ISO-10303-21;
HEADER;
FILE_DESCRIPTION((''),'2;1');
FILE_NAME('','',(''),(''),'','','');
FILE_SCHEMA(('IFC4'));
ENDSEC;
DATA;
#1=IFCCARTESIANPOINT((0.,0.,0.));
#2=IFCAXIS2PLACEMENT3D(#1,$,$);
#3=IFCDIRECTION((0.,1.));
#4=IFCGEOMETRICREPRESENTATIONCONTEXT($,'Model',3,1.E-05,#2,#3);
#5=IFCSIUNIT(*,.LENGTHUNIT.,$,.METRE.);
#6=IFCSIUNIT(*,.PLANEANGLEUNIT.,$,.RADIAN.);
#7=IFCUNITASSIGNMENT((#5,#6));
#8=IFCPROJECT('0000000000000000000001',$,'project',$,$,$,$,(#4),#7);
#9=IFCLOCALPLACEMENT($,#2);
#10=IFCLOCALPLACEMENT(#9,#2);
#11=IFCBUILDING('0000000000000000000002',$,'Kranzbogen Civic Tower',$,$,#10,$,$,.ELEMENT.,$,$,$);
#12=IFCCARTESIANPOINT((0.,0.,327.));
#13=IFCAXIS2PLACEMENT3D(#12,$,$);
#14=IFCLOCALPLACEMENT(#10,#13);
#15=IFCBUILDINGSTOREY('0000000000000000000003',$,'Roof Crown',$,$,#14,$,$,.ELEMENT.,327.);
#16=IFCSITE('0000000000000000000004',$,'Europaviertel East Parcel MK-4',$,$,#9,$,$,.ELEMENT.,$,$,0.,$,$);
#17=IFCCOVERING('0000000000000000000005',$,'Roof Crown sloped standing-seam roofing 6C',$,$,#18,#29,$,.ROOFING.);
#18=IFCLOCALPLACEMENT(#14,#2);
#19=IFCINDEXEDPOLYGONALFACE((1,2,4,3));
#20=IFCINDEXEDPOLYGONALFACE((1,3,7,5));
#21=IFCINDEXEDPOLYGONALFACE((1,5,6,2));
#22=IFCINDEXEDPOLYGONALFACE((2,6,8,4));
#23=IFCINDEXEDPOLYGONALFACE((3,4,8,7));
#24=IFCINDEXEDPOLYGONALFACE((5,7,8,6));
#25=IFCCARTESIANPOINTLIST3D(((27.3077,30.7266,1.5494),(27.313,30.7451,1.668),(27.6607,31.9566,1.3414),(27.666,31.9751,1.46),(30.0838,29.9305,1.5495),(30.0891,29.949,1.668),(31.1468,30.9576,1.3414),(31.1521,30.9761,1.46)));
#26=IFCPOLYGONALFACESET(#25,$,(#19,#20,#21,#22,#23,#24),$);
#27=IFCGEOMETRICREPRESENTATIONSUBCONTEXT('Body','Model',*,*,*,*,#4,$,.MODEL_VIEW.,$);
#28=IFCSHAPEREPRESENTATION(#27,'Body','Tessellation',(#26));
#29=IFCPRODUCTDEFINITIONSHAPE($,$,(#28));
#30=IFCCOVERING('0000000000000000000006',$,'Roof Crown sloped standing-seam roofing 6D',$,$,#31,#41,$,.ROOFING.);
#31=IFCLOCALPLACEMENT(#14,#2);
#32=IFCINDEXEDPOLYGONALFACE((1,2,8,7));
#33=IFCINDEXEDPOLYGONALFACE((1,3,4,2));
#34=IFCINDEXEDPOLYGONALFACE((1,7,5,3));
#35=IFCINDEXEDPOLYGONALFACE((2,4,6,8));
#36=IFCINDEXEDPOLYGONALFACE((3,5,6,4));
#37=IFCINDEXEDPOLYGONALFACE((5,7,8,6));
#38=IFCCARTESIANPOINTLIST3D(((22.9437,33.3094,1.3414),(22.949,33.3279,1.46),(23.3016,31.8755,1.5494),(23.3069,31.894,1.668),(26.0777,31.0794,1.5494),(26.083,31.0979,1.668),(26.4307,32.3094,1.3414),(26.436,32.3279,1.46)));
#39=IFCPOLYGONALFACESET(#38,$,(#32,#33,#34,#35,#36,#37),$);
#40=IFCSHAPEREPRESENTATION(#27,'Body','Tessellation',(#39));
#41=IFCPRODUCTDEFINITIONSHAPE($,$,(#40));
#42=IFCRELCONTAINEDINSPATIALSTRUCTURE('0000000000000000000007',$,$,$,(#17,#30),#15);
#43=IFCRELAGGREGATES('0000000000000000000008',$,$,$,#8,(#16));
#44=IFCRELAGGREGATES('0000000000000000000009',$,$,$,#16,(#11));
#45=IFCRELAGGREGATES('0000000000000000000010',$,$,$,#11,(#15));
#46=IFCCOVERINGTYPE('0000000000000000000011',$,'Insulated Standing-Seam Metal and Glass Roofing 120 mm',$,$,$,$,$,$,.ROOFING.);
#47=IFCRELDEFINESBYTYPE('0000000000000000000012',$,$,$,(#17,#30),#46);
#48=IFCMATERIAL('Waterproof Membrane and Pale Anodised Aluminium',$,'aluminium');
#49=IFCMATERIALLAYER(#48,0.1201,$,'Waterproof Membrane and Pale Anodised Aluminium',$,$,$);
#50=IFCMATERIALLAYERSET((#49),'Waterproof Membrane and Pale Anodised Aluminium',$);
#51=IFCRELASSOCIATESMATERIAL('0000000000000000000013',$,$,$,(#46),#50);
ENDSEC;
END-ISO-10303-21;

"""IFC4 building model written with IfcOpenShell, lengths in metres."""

from ifc_helpers import new_model, si_unit, direction, frame, origin, place, context, subcontext, project, spatial, polyline, outline, extrude, material, layer, layer_set, type_object, element, save


model = new_model("IFC4")

# Units and contexts
model_context = context("Model", 3, precision=1e-05, world=origin(), true_north=direction((0.0, 1.0)))
body_context = subcontext(model_context, "Body", "Model", "MODEL_VIEW")
ifc_project = project(units=[si_unit("LENGTHUNIT", "METRE"), si_unit("PLANEANGLEUNIT", "RADIAN")], contexts=[model_context])

# Site, building, storey
site_placement = place(None, origin())
site = spatial("IfcSite", under=ifc_project, at=site_placement, Name="Europaviertel East Parcel MK-4", CompositionType="ELEMENT", RefElevation=0.0)
building_placement = place(site_placement, origin())
building = spatial("IfcBuilding", under=site, at=building_placement, Name="Kranzbogen Civic Tower", CompositionType="ELEMENT")
storey_placement = place(building_placement, frame((0.0, 0.0, 327.0)))
storey = spatial("IfcBuildingStorey", under=building, at=storey_placement, Name="Roof Crown", CompositionType="ELEMENT", Elevation=327.0)

# Coverings
ifc_material_1 = material(Name="Waterproof Membrane and Pale Anodised Aluminium", Category="aluminium")
ifc_layer_1 = layer(ifc_material_1, 0.1201, Name="Waterproof Membrane and Pale Anodised Aluminium")
ifc_layer_set_1 = layer_set([ifc_layer_1], Name="Waterproof Membrane and Pale Anodised Aluminium")
covering_type = type_object("IfcCoveringType", Name="Insulated Standing-Seam Metal and Glass Roofing 120 mm", PredefinedType="ROOFING", material=ifc_layer_set_1)
covering_1_placement = place(storey_placement, frame((31.1521, 30.9761, 1.46), z_axis=(0.044203, 0.154197, 0.987051), x_axis=(-0.961305, 0.275488, 0.000013)))
element("IfcCovering", 1, at=covering_1_placement, inside=storey, type_object=covering_type, Name="Roof Crown sloped standing-seam roofing 6C", PredefinedType="ROOFING", context=body_context, shape_type="SweptSolid", body=[
    extrude(outline(polyline([(0.0, 0.0), (3.6264, 0.0), (3.6269, 1.2964), (0.7389, 1.297), (0.0, 0.0)])), origin(), (0.0, 0.0, -1.0), 0.1201),
])
covering_2_placement = place(storey_placement, frame((26.436, 32.3279, 1.46), z_axis=(0.04423, 0.15423, 0.987044), x_axis=(-0.961254, 0.275663, 0.0)))
element("IfcCovering", 2, at=covering_2_placement, inside=storey, type_object=covering_type, Name="Roof Crown sloped standing-seam roofing 6D", PredefinedType="ROOFING", context=body_context, shape_type="SweptSolid", body=[
    extrude(outline(polyline([(0.0, 0.0), (3.6276, 0.0), (2.8883, 1.2964), (0.0003, 1.2964), (0.0, 0.0)])), origin(), (0.0, 0.0, -1.0), 0.1201),
])

save(model, "model.ifc")
